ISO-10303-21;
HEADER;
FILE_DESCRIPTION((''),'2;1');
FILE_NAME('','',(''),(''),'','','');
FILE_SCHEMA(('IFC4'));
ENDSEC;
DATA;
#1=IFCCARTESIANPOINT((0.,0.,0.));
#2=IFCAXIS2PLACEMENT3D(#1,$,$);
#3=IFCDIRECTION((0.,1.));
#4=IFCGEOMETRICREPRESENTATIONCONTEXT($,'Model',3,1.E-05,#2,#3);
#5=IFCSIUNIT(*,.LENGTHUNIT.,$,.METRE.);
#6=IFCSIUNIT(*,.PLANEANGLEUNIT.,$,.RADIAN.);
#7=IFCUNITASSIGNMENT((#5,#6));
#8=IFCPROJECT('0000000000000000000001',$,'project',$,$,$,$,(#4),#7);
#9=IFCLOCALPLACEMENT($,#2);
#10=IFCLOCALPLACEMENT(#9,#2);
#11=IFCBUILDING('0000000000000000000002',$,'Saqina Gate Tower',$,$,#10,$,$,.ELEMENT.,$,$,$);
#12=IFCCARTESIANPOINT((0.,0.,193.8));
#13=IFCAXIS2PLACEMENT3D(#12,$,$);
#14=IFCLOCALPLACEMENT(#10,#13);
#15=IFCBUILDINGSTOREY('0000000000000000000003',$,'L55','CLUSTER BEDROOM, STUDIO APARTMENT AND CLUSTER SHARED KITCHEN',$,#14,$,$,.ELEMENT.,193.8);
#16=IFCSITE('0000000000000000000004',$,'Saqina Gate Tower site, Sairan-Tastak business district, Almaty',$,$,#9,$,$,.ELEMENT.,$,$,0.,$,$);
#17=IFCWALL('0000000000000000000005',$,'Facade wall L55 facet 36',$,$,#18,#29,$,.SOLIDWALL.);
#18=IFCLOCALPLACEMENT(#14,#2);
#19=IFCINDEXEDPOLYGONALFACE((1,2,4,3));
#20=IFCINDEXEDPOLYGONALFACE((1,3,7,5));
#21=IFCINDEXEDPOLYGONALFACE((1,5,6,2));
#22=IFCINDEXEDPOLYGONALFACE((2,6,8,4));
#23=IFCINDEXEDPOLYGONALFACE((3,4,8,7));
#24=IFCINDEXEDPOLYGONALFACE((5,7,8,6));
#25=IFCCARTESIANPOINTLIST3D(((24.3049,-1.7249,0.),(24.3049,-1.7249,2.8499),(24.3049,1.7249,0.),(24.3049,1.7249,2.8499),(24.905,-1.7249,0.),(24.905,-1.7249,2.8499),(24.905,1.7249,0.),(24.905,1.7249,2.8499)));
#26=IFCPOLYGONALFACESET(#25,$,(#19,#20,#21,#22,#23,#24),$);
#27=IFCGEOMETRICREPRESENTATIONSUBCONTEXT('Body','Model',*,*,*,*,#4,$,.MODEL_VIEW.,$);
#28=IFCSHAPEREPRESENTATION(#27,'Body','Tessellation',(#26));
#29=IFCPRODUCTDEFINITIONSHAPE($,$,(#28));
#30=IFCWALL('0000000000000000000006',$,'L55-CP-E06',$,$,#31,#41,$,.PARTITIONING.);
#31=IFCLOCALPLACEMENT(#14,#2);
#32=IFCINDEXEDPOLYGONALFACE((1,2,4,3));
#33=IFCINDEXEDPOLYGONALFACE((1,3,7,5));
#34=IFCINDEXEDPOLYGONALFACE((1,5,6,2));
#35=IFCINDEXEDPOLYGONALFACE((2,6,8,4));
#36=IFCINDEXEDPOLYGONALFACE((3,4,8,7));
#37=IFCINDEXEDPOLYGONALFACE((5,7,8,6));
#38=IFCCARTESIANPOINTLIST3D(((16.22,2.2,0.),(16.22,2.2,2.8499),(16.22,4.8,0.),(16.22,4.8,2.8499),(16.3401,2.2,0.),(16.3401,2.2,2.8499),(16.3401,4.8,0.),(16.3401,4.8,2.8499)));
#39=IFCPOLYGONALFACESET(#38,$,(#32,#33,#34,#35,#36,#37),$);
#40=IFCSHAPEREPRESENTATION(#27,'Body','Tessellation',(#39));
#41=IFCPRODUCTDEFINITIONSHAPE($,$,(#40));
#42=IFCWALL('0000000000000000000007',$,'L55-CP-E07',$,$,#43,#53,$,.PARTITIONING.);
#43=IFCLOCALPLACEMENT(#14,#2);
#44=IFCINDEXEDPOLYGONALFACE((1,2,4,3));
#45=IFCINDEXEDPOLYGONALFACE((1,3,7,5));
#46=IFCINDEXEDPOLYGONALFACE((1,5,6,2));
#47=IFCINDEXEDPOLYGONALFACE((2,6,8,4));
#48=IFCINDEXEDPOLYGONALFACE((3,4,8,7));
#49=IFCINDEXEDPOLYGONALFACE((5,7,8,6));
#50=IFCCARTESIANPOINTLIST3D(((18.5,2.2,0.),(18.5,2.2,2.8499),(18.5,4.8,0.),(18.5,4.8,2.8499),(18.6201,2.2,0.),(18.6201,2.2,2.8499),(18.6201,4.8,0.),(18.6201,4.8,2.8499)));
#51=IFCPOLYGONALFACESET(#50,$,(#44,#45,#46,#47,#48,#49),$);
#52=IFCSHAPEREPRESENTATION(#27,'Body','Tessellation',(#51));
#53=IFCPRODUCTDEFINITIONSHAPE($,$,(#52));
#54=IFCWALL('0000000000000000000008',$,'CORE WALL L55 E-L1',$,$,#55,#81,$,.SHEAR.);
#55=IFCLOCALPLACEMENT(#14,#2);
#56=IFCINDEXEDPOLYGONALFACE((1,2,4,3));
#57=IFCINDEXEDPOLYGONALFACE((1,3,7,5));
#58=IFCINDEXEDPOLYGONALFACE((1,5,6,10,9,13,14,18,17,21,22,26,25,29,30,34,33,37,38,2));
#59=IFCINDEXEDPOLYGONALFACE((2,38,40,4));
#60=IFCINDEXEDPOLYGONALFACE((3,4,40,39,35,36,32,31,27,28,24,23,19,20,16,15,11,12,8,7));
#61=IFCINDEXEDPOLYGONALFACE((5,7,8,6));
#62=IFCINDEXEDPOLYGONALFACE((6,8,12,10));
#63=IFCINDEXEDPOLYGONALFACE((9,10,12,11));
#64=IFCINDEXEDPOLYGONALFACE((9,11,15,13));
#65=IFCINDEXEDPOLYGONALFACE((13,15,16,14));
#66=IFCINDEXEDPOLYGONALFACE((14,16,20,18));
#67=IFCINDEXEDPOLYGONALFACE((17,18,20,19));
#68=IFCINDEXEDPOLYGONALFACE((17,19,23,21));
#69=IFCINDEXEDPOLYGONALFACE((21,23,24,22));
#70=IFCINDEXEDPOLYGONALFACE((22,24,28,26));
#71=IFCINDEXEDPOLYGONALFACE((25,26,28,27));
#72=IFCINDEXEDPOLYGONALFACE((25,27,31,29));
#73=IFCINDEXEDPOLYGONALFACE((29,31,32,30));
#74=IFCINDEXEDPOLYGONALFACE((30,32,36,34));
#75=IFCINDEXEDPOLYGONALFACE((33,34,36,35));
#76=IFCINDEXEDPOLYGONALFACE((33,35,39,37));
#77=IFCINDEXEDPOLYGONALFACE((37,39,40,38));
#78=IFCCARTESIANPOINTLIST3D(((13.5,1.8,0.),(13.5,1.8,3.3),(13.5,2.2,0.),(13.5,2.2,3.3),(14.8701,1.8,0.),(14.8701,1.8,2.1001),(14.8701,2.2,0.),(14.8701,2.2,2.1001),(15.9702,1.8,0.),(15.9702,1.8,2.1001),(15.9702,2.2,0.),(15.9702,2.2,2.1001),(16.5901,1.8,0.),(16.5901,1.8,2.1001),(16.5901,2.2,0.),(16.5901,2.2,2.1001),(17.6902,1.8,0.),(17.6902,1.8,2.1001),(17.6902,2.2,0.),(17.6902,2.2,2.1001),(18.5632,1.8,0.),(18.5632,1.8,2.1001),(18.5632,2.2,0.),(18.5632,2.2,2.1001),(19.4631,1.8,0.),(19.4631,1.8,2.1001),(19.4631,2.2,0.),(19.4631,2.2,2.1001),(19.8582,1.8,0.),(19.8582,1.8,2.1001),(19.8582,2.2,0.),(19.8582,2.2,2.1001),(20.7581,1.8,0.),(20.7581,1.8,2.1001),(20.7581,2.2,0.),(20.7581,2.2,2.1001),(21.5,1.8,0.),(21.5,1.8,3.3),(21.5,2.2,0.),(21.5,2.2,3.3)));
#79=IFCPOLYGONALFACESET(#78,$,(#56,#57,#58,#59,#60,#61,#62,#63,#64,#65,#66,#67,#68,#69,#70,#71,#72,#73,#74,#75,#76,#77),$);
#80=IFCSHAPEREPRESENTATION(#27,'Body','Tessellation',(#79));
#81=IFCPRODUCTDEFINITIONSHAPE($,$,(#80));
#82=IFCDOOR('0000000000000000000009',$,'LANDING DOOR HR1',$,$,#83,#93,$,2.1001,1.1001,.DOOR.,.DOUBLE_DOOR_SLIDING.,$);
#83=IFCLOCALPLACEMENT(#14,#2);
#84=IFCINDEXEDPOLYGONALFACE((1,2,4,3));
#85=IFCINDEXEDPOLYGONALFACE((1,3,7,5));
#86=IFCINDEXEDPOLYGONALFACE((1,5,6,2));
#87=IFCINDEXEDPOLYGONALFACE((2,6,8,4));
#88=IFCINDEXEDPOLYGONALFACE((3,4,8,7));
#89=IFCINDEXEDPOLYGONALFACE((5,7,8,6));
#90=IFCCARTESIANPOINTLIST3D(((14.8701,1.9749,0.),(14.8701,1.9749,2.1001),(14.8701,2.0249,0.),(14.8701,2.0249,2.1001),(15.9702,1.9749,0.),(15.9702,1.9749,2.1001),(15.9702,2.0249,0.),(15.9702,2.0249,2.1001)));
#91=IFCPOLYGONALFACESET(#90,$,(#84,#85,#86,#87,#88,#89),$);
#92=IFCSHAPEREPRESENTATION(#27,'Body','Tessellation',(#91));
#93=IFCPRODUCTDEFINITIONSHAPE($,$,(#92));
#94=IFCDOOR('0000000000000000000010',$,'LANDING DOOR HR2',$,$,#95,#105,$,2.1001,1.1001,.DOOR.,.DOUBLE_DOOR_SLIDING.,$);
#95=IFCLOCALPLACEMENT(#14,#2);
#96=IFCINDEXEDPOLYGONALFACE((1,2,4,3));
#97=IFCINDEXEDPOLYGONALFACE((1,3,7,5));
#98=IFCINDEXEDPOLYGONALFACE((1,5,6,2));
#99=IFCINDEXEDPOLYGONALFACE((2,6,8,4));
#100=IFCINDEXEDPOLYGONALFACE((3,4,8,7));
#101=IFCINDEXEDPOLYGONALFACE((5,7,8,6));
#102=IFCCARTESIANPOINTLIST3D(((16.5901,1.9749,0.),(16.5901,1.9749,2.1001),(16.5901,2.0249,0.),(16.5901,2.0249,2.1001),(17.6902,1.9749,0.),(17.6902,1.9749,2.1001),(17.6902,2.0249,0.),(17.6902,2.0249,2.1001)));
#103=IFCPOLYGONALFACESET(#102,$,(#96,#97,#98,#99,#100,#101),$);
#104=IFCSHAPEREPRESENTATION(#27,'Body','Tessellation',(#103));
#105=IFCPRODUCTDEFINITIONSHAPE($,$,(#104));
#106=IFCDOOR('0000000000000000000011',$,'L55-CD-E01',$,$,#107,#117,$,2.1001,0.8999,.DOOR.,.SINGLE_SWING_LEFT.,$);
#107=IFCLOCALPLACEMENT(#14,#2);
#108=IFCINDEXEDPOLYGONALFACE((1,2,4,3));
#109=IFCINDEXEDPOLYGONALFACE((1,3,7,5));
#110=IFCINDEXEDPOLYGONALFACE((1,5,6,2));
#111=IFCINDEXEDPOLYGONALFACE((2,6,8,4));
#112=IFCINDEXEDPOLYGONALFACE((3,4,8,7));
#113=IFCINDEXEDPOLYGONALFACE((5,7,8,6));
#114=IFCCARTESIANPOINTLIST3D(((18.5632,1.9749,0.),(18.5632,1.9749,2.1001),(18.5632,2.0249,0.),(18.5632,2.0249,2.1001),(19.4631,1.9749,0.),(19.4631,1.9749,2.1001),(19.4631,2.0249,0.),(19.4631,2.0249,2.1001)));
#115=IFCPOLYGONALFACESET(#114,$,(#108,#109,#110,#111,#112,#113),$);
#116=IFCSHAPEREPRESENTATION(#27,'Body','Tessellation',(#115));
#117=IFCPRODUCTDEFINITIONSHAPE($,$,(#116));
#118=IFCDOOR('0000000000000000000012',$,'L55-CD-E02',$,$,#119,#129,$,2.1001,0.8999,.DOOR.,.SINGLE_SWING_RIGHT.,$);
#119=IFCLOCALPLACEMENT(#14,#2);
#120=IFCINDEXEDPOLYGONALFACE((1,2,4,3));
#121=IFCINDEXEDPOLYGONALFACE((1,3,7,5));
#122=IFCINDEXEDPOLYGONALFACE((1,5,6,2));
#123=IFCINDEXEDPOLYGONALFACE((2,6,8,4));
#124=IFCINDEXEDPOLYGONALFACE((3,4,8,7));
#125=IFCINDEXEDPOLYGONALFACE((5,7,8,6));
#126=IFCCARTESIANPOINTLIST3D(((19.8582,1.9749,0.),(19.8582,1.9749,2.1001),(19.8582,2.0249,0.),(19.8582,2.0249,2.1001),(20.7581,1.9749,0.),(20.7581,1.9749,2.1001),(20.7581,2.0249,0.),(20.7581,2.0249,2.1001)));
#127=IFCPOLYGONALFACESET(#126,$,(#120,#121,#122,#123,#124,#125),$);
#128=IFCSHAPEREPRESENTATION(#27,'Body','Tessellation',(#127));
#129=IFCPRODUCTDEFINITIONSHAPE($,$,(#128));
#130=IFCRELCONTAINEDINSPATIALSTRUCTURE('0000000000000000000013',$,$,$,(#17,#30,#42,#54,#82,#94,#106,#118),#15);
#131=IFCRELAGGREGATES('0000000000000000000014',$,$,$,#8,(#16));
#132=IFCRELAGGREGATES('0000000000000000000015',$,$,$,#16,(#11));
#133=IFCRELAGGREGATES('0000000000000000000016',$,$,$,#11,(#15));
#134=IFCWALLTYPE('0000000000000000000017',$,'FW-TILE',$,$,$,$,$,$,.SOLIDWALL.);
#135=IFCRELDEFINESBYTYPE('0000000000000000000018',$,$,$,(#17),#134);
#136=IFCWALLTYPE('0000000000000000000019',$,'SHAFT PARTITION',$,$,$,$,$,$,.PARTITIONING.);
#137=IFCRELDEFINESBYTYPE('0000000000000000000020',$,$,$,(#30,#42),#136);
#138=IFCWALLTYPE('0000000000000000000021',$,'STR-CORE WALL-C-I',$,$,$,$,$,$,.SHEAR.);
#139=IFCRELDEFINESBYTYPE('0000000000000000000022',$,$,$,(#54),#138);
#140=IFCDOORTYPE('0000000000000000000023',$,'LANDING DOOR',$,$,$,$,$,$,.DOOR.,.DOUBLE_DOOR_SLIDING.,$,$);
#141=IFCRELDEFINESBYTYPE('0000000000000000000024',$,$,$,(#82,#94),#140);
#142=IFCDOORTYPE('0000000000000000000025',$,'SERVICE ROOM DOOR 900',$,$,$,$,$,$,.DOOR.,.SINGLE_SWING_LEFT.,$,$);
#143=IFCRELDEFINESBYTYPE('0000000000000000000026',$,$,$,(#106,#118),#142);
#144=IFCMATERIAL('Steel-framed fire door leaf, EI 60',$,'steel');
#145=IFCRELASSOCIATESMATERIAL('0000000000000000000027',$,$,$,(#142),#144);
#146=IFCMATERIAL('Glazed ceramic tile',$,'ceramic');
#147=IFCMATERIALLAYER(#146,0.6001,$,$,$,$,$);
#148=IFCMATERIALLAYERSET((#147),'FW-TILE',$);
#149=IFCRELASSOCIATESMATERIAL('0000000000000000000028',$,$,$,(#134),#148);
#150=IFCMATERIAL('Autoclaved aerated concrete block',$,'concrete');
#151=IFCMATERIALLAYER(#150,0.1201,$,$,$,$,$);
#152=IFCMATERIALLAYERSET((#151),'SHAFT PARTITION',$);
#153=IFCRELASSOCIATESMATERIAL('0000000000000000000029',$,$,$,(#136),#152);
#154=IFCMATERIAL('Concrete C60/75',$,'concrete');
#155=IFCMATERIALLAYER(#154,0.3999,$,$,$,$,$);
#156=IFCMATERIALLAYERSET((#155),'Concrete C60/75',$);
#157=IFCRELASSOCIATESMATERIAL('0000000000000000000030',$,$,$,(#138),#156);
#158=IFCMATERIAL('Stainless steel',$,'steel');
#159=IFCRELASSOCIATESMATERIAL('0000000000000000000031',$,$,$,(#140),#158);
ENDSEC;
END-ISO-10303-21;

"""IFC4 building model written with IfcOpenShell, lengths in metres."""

from ifc_helpers import new_model, si_unit, direction, frame, frame_2d, origin, place, context, subcontext, project, spatial, rectangle, extrude, material, layer, layer_set, type_object, element, fill, save


model = new_model("IFC4")

# Units and contexts
model_context = context("Model", 3, precision=1e-05, world=origin(), true_north=direction((0.0, 1.0)))
body_context = subcontext(model_context, "Body", "Model", "MODEL_VIEW")
ifc_project = project(units=[si_unit("LENGTHUNIT", "METRE"), si_unit("PLANEANGLEUNIT", "RADIAN")], contexts=[model_context])

# Site, building, storey
site_placement = place(None, origin())
site = spatial("IfcSite", under=ifc_project, at=site_placement, Name="Saqina Gate Tower site, Sairan-Tastak business district, Almaty", CompositionType="ELEMENT", RefElevation=0.0)
building_placement = place(site_placement, origin())
building = spatial("IfcBuilding", under=site, at=building_placement, Name="Saqina Gate Tower", CompositionType="ELEMENT")
storey_placement = place(building_placement, frame((0.0, 0.0, 193.8)))
storey = spatial("IfcBuildingStorey", under=building, at=storey_placement, Name="L55", Description="CLUSTER BEDROOM, STUDIO APARTMENT AND CLUSTER SHARED KITCHEN", CompositionType="ELEMENT", Elevation=193.8)

# Shared definitions
ifc_material_1 = material(Name="Steel-framed fire door leaf, EI 60", Category="steel")
door_type_1 = type_object("IfcDoorType", Name="SERVICE ROOM DOOR 900", OperationType="SINGLE_SWING_LEFT", PredefinedType="DOOR", material=ifc_material_1)

# Walls
ifc_material_2 = material(Name="Glazed ceramic tile", Category="ceramic")
ifc_layer_1 = layer(ifc_material_2, 0.6001)
ifc_layer_set_1 = layer_set([ifc_layer_1], Name="FW-TILE")
wall_type_1 = type_object("IfcWallType", Name="FW-TILE", PredefinedType="SOLIDWALL", material=ifc_layer_set_1)
wall_1_placement = place(storey_placement, frame((24.605, -1.7249, 0.0), z_axis=(0.0, 0.0, 1.0), x_axis=(0.0, 1.0, 0.0)))
element("IfcWall", 1, at=wall_1_placement, inside=storey, type_object=wall_type_1, Name="Facade wall L55 facet 36", PredefinedType="SOLIDWALL", context=body_context, shape_type="SweptSolid", body=[
    extrude(rectangle(XDim=3.4497, YDim=0.6001, at=frame_2d((1.7249, 0.0))), origin(), (0.0, 0.0, 1.0), 2.8499),
])
ifc_material_3 = material(Name="Autoclaved aerated concrete block", Category="concrete")
ifc_layer_2 = layer(ifc_material_3, 0.1201)
ifc_layer_set_2 = layer_set([ifc_layer_2], Name="SHAFT PARTITION")
wall_type_2 = type_object("IfcWallType", Name="SHAFT PARTITION", PredefinedType="PARTITIONING", material=ifc_layer_set_2)
for number, where, z_axis, x_axis, name in (
    (2, (16.28, 2.2, 0.0), (0.0, 0.0, 1.0), (0.0, 1.0, 0.0), "L55-CP-E06"),
    (3, (18.5601, 2.2, 0.0), (0.0, 0.0, 1.0), (0.0, 1.0, 0.0), "L55-CP-E07"),
):
    element("IfcWall", number, at=place(storey_placement, frame(where, z_axis=z_axis, x_axis=x_axis)), inside=storey, type_object=wall_type_2, Name=name, PredefinedType="PARTITIONING", context=body_context, shape_type="SweptSolid", body=[
        extrude(rectangle(XDim=2.6001, YDim=0.1201, at=frame_2d((1.3, 0.0))), origin(), (0.0, 0.0, 1.0), 2.8499),
    ])

# Wall, openings, doors
ifc_material_4 = material(Name="Concrete C60/75", Category="concrete")
ifc_layer_3 = layer(ifc_material_4, 0.3999)
ifc_layer_set_3 = layer_set([ifc_layer_3], Name="Concrete C60/75")
wall_type_3 = type_object("IfcWallType", Name="STR-CORE WALL-C-I", PredefinedType="SHEAR", material=ifc_layer_set_3)
wall_2_placement = place(storey_placement, frame((13.5, 2.0, 0.0), z_axis=(0.0, 0.0, 1.0), x_axis=(1.0, 0.0, 0.0)))
wall_2 = element("IfcWall", 4, at=wall_2_placement, inside=storey, type_object=wall_type_3, Name="CORE WALL L55 E-L1", PredefinedType="SHEAR", context=body_context, shape_type="SweptSolid", body=[
    extrude(rectangle(XDim=8.0, YDim=0.3999, at=frame_2d((4.0, 0.0))), origin(), (0.0, 0.0, 1.0), 3.3),
])
opening_1_placement = place(wall_2_placement, frame((1.3701, 0.0, 0.0)))
opening_1 = element("IfcOpeningElement", 5, at=opening_1_placement, cuts=wall_2, PredefinedType="OPENING", context=body_context, shape_type="SweptSolid", body=[
    extrude(rectangle(XDim=1.1001, YDim=2.1001, at=frame_2d((0.55, 1.05))), frame((0.0, 0.2119, 0.0), z_axis=(0.0, -1.0, 0.0), x_axis=(1.0, 0.0, 0.0)), (0.0, 0.0, 1.0), 0.4238),
])
opening_2_placement = place(wall_2_placement, frame((3.0901, 0.0, 0.0)))
opening_2 = element("IfcOpeningElement", 6, at=opening_2_placement, cuts=wall_2, PredefinedType="OPENING", context=body_context, shape_type="SweptSolid", body=[
    extrude(rectangle(XDim=1.1001, YDim=2.1001, at=frame_2d((0.55, 1.05))), frame((0.0, 0.2119, 0.0), z_axis=(0.0, -1.0, 0.0), x_axis=(1.0, 0.0, 0.0)), (0.0, 0.0, 1.0), 0.4238),
])
opening_3_placement = place(wall_2_placement, frame((5.0632, 0.0, 0.0)))
opening_3 = element("IfcOpeningElement", 7, at=opening_3_placement, cuts=wall_2, PredefinedType="OPENING", context=body_context, shape_type="SweptSolid", body=[
    extrude(rectangle(XDim=0.8999, YDim=2.1001, at=frame_2d((0.45, 1.05))), frame((0.0, 0.2119, 0.0), z_axis=(0.0, -1.0, 0.0), x_axis=(1.0, 0.0, 0.0)), (0.0, 0.0, 1.0), 0.4238),
])
opening_4_placement = place(wall_2_placement, frame((6.3582, 0.0, 0.0)))
opening_4 = element("IfcOpeningElement", 8, at=opening_4_placement, cuts=wall_2, PredefinedType="OPENING", context=body_context, shape_type="SweptSolid", body=[
    extrude(rectangle(XDim=0.8999, YDim=2.1001, at=frame_2d((0.45, 1.05))), frame((0.0, 0.2119, 0.0), z_axis=(0.0, -1.0, 0.0), x_axis=(1.0, 0.0, 0.0)), (0.0, 0.0, 1.0), 0.4238),
])
ifc_material_5 = material(Name="Stainless steel", Category="steel")
door_type_2 = type_object("IfcDoorType", Name="LANDING DOOR", OperationType="DOUBLE_DOOR_SLIDING", PredefinedType="DOOR", material=ifc_material_5)
door_1_placement = place(opening_1_placement, origin())
door_1 = element("IfcDoor", 9, at=door_1_placement, inside=storey, type_object=door_type_2, Name="LANDING DOOR HR1", OperationType="DOUBLE_DOOR_SLIDING", OverallHeight=2.1001, OverallWidth=1.1001, PredefinedType="DOOR", context=body_context, shape_type="SweptSolid", body=[
    extrude(rectangle(XDim=1.1001, YDim=2.1001, at=frame_2d((0.55, 1.05))), frame((0.0, 0.0249, 0.0), z_axis=(0.0, -1.0, 0.0), x_axis=(1.0, 0.0, 0.0)), (0.0, 0.0, 1.0), 0.05),
])
fill(opening_1, door_1)
door_2_placement = place(opening_2_placement, origin())
door_2 = element("IfcDoor", 10, at=door_2_placement, inside=storey, type_object=door_type_2, Name="LANDING DOOR HR2", OperationType="DOUBLE_DOOR_SLIDING", OverallHeight=2.1001, OverallWidth=1.1001, PredefinedType="DOOR", context=body_context, shape_type="SweptSolid", body=[
    extrude(rectangle(XDim=1.1001, YDim=2.1001, at=frame_2d((0.55, 1.05))), frame((0.0, 0.0249, 0.0), z_axis=(0.0, -1.0, 0.0), x_axis=(1.0, 0.0, 0.0)), (0.0, 0.0, 1.0), 0.05),
])
fill(opening_2, door_2)
door_3_placement = place(opening_3_placement, origin())
door_3 = element("IfcDoor", 11, at=door_3_placement, inside=storey, type_object=door_type_1, Name="L55-CD-E01", OperationType="SINGLE_SWING_LEFT", OverallHeight=2.1001, OverallWidth=0.8999, PredefinedType="DOOR", context=body_context, shape_type="SweptSolid", body=[
    extrude(rectangle(XDim=0.8999, YDim=2.1001, at=frame_2d((0.45, 1.05))), frame((0.0, 0.0249, 0.0), z_axis=(0.0, -1.0, 0.0), x_axis=(1.0, 0.0, 0.0)), (0.0, 0.0, 1.0), 0.05),
])
fill(opening_3, door_3)
door_4_placement = place(opening_4_placement, origin())
door_4 = element("IfcDoor", 12, at=door_4_placement, inside=storey, type_object=door_type_1, Name="L55-CD-E02", OperationType="SINGLE_SWING_RIGHT", OverallHeight=2.1001, OverallWidth=0.8999, PredefinedType="DOOR", context=body_context, shape_type="SweptSolid", body=[
    extrude(rectangle(XDim=0.8999, YDim=2.1001, at=frame_2d((0.45, 1.05))), frame((0.0, 0.0249, 0.0), z_axis=(0.0, -1.0, 0.0), x_axis=(1.0, 0.0, 0.0)), (0.0, 0.0, 1.0), 0.05),
])
fill(opening_4, door_4)

save(model, "model.ifc")
